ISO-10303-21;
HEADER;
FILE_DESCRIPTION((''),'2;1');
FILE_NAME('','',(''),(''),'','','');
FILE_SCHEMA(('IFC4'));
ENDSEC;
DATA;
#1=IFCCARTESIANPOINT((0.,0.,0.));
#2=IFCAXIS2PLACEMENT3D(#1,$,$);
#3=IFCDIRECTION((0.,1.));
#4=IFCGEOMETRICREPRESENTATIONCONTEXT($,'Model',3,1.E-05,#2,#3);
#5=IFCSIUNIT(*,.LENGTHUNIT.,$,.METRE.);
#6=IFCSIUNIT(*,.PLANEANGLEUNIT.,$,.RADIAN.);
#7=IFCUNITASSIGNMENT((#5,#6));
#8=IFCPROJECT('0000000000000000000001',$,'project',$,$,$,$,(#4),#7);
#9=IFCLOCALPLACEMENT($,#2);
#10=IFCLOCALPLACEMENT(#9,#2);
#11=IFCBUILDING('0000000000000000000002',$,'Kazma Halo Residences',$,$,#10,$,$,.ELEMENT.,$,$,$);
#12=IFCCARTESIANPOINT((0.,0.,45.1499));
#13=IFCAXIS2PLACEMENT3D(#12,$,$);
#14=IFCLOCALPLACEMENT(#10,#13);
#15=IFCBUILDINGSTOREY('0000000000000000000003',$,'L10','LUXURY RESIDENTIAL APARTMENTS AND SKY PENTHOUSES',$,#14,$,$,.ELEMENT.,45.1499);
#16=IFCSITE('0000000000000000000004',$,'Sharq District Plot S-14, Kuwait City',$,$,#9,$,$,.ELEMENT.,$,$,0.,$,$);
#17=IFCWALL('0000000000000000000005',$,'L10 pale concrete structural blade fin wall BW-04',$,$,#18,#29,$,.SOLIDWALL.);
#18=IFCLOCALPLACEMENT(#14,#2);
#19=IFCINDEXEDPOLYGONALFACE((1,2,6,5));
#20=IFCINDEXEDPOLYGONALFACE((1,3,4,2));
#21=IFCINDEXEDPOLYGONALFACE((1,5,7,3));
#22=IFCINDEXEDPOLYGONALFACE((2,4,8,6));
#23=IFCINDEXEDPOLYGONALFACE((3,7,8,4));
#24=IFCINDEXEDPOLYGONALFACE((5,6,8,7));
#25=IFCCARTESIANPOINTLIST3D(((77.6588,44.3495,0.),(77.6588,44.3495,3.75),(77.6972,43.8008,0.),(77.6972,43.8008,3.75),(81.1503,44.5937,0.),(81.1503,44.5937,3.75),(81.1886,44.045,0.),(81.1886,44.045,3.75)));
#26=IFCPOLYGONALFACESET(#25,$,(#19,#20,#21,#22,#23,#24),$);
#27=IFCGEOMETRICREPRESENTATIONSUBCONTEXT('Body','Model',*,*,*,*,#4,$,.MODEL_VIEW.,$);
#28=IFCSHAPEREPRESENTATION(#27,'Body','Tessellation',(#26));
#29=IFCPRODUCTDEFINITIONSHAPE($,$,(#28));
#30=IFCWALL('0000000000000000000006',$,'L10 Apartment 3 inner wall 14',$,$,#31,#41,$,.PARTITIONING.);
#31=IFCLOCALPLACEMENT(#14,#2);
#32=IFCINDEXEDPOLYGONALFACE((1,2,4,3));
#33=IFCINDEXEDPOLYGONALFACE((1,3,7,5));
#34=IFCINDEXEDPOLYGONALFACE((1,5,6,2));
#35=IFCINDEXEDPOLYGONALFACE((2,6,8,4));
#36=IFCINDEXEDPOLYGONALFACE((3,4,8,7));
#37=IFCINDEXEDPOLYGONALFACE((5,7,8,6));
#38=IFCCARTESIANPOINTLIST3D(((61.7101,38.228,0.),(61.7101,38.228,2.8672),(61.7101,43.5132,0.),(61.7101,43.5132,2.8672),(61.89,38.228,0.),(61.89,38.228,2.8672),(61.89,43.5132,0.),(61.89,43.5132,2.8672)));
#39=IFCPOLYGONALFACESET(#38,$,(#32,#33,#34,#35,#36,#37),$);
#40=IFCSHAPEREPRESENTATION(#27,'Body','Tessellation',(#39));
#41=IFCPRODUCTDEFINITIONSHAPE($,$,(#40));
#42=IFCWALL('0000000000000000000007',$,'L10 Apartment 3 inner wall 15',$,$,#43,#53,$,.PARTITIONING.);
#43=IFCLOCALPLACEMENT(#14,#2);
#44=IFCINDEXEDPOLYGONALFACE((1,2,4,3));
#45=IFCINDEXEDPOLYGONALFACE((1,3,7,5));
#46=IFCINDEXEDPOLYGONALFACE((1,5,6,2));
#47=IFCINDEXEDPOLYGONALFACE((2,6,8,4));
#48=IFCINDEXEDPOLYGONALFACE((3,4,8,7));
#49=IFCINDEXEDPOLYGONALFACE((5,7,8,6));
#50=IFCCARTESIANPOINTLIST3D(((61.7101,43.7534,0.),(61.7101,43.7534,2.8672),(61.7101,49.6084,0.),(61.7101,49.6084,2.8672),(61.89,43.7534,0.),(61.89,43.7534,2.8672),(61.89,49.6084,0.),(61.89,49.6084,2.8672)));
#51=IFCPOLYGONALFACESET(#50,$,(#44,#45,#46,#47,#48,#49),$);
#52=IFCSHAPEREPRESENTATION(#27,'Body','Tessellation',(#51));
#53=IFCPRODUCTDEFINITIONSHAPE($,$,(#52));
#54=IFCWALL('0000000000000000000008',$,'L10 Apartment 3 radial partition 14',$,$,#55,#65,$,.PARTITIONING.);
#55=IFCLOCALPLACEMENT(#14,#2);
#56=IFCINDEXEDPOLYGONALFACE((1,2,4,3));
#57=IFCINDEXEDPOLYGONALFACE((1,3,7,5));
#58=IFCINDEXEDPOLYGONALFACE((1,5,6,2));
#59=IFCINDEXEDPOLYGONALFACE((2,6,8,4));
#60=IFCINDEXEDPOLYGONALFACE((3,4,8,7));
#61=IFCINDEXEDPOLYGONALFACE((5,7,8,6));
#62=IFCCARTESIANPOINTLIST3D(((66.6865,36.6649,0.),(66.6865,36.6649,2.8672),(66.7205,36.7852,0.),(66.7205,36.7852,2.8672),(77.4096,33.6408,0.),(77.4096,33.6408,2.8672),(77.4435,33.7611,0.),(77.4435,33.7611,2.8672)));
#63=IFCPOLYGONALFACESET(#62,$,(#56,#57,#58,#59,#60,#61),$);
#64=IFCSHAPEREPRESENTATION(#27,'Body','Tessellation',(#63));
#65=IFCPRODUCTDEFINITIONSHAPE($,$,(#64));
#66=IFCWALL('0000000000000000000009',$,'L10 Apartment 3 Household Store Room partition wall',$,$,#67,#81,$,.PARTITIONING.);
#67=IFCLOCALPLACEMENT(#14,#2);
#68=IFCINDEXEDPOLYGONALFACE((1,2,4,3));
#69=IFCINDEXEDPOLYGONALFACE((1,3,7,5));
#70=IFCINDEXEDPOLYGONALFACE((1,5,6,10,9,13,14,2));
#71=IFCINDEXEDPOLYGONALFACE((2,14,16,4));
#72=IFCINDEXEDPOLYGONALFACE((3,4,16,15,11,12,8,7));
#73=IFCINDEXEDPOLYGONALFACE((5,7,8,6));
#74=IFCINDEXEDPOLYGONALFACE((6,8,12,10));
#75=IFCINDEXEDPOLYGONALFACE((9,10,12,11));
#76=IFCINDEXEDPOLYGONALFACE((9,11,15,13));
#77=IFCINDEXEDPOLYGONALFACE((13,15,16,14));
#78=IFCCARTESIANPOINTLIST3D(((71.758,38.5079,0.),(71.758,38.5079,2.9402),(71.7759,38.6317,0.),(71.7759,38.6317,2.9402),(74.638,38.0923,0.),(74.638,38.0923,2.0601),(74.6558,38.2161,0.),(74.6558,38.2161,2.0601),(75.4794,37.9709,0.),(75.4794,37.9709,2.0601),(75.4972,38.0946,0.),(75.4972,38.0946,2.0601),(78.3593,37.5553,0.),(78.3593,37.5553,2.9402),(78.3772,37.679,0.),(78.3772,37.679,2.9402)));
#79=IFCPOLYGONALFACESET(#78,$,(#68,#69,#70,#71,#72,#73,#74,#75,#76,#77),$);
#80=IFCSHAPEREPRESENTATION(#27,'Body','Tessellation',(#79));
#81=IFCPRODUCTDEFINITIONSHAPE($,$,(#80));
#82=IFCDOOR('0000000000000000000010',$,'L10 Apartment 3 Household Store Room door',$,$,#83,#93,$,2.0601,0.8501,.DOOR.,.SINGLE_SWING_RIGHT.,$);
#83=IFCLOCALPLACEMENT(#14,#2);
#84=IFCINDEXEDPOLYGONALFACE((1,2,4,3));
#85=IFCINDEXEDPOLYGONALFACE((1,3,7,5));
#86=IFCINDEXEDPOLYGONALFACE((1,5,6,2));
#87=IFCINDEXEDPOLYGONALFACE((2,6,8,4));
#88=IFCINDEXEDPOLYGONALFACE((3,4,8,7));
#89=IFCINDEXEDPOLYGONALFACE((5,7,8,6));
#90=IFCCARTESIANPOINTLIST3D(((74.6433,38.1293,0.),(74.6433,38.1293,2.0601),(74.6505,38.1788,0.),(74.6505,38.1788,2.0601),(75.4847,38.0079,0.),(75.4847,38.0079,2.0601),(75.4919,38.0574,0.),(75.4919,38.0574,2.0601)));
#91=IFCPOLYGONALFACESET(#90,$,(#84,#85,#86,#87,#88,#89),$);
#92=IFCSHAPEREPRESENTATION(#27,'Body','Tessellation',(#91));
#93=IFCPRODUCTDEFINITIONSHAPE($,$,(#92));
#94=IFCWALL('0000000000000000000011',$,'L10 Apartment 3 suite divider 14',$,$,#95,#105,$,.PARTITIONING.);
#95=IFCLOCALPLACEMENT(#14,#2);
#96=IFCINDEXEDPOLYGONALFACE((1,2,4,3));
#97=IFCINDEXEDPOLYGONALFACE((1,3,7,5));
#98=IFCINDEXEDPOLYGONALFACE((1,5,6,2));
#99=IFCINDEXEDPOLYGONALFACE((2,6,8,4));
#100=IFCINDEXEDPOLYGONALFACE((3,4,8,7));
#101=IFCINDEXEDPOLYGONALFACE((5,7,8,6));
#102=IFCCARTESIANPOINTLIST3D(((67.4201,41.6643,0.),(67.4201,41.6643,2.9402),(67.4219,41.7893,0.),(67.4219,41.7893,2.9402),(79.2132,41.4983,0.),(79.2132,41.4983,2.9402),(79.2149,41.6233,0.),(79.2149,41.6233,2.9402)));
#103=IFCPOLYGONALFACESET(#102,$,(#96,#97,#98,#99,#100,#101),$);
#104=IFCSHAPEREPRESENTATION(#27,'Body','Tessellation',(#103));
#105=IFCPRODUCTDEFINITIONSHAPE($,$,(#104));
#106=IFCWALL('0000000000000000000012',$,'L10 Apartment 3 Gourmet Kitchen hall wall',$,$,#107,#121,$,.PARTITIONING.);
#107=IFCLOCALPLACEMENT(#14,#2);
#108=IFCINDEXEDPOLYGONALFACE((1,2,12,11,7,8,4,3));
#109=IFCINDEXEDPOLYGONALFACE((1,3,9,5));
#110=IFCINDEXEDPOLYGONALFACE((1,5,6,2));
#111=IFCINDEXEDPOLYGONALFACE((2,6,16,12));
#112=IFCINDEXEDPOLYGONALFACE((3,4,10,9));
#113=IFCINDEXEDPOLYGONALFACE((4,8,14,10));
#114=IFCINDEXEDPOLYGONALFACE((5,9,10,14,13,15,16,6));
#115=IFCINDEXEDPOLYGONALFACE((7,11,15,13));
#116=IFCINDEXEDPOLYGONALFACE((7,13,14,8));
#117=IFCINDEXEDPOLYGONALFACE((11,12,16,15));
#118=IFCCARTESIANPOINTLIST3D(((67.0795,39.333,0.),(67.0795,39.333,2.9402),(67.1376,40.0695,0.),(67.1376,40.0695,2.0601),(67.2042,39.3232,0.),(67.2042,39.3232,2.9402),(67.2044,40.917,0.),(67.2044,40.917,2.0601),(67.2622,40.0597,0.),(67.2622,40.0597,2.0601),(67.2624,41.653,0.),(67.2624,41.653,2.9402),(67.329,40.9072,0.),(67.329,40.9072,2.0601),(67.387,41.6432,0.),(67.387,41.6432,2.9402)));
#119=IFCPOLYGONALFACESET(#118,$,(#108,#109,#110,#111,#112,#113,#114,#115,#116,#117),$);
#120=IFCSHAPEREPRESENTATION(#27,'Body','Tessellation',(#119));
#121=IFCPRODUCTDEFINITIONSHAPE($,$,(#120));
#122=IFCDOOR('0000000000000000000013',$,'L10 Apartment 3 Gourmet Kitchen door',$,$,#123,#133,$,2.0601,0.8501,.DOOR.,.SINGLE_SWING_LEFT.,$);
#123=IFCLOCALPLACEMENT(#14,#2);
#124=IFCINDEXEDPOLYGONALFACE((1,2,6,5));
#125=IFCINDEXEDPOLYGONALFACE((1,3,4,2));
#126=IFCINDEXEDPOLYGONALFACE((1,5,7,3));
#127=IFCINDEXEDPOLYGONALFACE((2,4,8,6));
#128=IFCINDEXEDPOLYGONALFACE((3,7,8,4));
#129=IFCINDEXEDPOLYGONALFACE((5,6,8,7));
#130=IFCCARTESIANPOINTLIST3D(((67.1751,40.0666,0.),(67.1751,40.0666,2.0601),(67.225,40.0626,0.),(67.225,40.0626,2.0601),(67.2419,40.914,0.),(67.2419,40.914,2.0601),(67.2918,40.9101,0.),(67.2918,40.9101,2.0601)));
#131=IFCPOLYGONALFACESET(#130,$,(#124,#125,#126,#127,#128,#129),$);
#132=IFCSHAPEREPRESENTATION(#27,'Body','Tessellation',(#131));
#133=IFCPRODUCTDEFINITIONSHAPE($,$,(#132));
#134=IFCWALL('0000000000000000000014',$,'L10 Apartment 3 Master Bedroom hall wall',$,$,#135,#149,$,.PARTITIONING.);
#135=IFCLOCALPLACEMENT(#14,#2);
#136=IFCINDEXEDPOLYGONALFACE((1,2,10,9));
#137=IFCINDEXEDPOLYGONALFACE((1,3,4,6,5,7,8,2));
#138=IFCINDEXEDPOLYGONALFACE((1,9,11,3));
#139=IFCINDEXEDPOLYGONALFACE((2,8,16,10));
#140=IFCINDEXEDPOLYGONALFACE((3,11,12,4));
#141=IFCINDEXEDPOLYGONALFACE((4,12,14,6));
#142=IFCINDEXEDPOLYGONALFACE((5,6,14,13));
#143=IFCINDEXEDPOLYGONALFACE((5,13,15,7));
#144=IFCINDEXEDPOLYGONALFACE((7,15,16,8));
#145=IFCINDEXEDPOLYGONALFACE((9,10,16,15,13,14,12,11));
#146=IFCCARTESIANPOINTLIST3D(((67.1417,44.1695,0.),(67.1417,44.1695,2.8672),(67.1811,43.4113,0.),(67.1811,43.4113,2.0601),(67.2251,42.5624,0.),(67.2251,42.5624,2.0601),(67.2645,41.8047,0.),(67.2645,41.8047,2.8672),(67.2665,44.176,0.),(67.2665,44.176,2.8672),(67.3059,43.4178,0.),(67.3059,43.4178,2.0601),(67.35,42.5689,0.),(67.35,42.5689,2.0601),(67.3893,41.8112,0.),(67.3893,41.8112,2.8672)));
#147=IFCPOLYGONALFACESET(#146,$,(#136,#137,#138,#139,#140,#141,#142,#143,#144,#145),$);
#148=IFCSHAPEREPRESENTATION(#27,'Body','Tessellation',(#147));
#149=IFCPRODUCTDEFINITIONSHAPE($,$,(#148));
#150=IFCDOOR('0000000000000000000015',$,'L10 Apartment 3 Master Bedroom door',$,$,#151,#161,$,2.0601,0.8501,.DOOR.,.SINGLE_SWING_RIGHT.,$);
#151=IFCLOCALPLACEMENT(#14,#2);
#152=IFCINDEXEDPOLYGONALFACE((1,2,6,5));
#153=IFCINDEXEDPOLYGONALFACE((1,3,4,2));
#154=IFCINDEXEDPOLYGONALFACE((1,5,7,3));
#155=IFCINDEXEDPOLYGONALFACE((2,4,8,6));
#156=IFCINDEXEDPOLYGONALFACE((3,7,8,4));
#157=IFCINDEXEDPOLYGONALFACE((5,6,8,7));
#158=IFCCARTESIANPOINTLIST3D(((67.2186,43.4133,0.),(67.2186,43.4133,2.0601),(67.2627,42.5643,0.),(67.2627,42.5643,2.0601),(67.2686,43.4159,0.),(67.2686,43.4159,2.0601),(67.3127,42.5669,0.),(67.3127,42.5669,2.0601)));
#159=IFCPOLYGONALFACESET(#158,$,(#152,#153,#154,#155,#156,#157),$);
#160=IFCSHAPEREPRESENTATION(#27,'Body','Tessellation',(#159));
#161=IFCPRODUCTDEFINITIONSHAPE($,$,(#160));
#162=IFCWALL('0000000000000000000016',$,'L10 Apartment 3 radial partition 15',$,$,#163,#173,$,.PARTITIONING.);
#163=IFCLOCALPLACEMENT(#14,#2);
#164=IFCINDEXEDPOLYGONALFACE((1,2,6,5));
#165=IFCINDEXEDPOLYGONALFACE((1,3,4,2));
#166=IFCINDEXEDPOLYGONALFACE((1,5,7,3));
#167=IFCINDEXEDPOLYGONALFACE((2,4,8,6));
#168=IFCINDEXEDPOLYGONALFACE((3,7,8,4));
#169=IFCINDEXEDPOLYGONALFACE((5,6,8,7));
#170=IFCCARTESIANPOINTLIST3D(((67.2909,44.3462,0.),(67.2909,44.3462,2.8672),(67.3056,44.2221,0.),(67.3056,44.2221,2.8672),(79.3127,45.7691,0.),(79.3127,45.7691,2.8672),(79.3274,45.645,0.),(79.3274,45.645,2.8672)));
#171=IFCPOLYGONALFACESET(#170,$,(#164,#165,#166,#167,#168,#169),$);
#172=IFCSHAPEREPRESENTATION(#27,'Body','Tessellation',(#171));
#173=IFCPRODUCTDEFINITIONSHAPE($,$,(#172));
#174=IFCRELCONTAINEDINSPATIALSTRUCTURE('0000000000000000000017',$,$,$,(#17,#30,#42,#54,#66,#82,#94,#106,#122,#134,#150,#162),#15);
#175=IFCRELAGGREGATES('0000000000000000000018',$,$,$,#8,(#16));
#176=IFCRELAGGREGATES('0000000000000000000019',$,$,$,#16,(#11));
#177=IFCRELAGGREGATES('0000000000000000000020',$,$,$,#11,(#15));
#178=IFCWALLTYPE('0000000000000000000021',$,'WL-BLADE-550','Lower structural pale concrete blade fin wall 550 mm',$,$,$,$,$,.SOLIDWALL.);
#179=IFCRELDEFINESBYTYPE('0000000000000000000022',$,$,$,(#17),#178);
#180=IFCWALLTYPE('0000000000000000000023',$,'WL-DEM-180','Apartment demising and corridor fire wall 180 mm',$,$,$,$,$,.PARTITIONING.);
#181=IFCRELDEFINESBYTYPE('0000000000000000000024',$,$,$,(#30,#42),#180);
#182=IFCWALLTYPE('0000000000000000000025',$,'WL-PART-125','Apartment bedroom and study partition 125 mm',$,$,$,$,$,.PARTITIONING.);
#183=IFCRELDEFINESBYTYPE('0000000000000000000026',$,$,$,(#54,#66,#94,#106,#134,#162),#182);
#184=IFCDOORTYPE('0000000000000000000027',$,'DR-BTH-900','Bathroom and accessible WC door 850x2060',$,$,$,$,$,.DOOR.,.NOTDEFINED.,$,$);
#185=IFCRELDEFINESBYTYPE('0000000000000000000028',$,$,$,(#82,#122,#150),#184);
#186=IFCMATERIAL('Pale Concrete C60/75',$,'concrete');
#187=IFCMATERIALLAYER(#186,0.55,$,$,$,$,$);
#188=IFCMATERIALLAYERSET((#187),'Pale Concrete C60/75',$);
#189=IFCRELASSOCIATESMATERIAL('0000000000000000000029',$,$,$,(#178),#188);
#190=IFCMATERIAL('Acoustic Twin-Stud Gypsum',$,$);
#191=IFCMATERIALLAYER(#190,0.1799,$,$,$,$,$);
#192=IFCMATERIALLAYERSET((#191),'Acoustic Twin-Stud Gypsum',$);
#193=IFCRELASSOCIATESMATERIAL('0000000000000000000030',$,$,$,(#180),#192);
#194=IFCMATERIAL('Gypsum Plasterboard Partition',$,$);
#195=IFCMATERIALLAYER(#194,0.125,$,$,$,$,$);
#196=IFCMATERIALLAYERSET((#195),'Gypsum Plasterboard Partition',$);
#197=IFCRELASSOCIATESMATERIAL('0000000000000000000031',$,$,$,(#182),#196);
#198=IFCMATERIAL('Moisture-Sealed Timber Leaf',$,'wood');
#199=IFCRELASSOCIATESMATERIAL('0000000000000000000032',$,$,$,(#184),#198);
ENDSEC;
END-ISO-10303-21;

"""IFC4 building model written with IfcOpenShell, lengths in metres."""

from ifc_helpers import new_model, si_unit, direction, frame, frame_2d, origin, place, context, subcontext, project, spatial, rectangle, extrude, material, layer, layer_set, type_object, element, fill, save


model = new_model("IFC4")

# Units and contexts
model_context = context("Model", 3, precision=1e-05, world=origin(), true_north=direction((0.0, 1.0)))
body_context = subcontext(model_context, "Body", "Model", "MODEL_VIEW")
ifc_project = project(units=[si_unit("LENGTHUNIT", "METRE"), si_unit("PLANEANGLEUNIT", "RADIAN")], contexts=[model_context])

# Site, building, storey
site_placement = place(None, origin())
site = spatial("IfcSite", under=ifc_project, at=site_placement, Name="Sharq District Plot S-14, Kuwait City", CompositionType="ELEMENT", RefElevation=0.0)
building_placement = place(site_placement, origin())
building = spatial("IfcBuilding", under=site, at=building_placement, Name="Kazma Halo Residences", CompositionType="ELEMENT")
storey_placement = place(building_placement, frame((0.0, 0.0, 45.1499)))
storey = spatial("IfcBuildingStorey", under=building, at=storey_placement, Name="L10", Description="LUXURY RESIDENTIAL APARTMENTS AND SKY PENTHOUSES", CompositionType="ELEMENT", Elevation=45.1499)

# Walls
ifc_material_1 = material(Name="Pale Concrete C60/75", Category="concrete")
ifc_layer_1 = layer(ifc_material_1, 0.55)
ifc_layer_set_1 = layer_set([ifc_layer_1], Name="Pale Concrete C60/75")
wall_type_1 = type_object("IfcWallType", Name="WL-BLADE-550", Description="Lower structural pale concrete blade fin wall 550 mm", PredefinedType="SOLIDWALL", material=ifc_layer_set_1)
wall_1_placement = place(storey_placement, frame((77.678, 44.0752, 0.0), z_axis=(0.0, 0.0, 1.0), x_axis=(0.997564, 0.069755, 0.0)))
element("IfcWall", 1, at=wall_1_placement, inside=storey, type_object=wall_type_1, Name="L10 pale concrete structural blade fin wall BW-04", PredefinedType="SOLIDWALL", context=body_context, shape_type="SweptSolid", body=[
    extrude(rectangle(XDim=3.5, YDim=0.55, at=frame_2d((1.75, 0.0))), origin(), (0.0, 0.0, 1.0), 3.75),
])
ifc_material_2 = material(Name="Acoustic Twin-Stud Gypsum")
ifc_layer_2 = layer(ifc_material_2, 0.1799)
ifc_layer_set_2 = layer_set([ifc_layer_2], Name="Acoustic Twin-Stud Gypsum")
wall_type_2 = type_object("IfcWallType", Name="WL-DEM-180", Description="Apartment demising and corridor fire wall 180 mm", PredefinedType="PARTITIONING", material=ifc_layer_set_2)
wall_2_placement = place(storey_placement, frame((61.8, 38.228, 0.0), z_axis=(0.0, 0.0, 1.0), x_axis=(0.0, 1.0, 0.0)))
element("IfcWall", 2, at=wall_2_placement, inside=storey, type_object=wall_type_2, Name="L10 Apartment 3 inner wall 14", PredefinedType="PARTITIONING", context=body_context, shape_type="SweptSolid", body=[
    extrude(rectangle(XDim=5.2852, YDim=0.1799, at=frame_2d((2.6426, 0.0))), origin(), (0.0, 0.0, 1.0), 2.8672),
])
wall_3_placement = place(storey_placement, frame((61.8, 43.7534, 0.0), z_axis=(0.0, 0.0, 1.0), x_axis=(0.0, 1.0, 0.0)))
element("IfcWall", 3, at=wall_3_placement, inside=storey, type_object=wall_type_2, Name="L10 Apartment 3 inner wall 15", PredefinedType="PARTITIONING", context=body_context, shape_type="SweptSolid", body=[
    extrude(rectangle(XDim=5.855, YDim=0.1799, at=frame_2d((2.9275, 0.0))), origin(), (0.0, 0.0, 1.0), 2.8672),
])
ifc_material_3 = material(Name="Gypsum Plasterboard Partition")
ifc_layer_3 = layer(ifc_material_3, 0.125)
ifc_layer_set_3 = layer_set([ifc_layer_3], Name="Gypsum Plasterboard Partition")
wall_type_3 = type_object("IfcWallType", Name="WL-PART-125", Description="Apartment bedroom and study partition 125 mm", PredefinedType="PARTITIONING", material=ifc_layer_set_3)
wall_4_placement = place(storey_placement, frame((66.7034, 36.7251, 0.0), z_axis=(0.0, 0.0, 1.0), x_axis=(0.962457, -0.271435, 0.0)))
element("IfcWall", 4, at=wall_4_placement, inside=storey, type_object=wall_type_3, Name="L10 Apartment 3 radial partition 14", PredefinedType="PARTITIONING", context=body_context, shape_type="SweptSolid", body=[
    extrude(rectangle(XDim=11.1414, YDim=0.125, at=frame_2d((5.5708, 0.0))), origin(), (0.0, 0.0, 1.0), 2.8672),
])

# Wall, opening, door
wall_5_placement = place(storey_placement, frame((71.7668, 38.5698, 0.0), z_axis=(0.0, 0.0, 1.0), x_axis=(0.989747, -0.14283, 0.0)))
wall_5 = element("IfcWall", 5, at=wall_5_placement, inside=storey, type_object=wall_type_3, Name="L10 Apartment 3 Household Store Room partition wall", PredefinedType="PARTITIONING", context=body_context, shape_type="SweptSolid", body=[
    extrude(rectangle(XDim=6.6697, YDim=0.125, at=frame_2d((3.335, 0.0))), origin(), (0.0, 0.0, 1.0), 2.9402),
])
opening_1_placement = place(wall_5_placement, frame((2.9099, 0.0, 0.0)))
opening_1 = element("IfcOpeningElement", 6, at=opening_1_placement, cuts=wall_5, PredefinedType="OPENING", context=body_context, shape_type="SweptSolid", body=[
    extrude(rectangle(XDim=0.8501, YDim=2.0601, at=frame_2d((0.425, 1.03))), frame((0.0, 0.0725, 0.0), z_axis=(0.0, -1.0, 0.0), x_axis=(1.0, 0.0, 0.0)), (0.0, 0.0, 1.0), 0.145),
])
ifc_material_4 = material(Name="Moisture-Sealed Timber Leaf", Category="wood")
door_type = type_object("IfcDoorType", Name="DR-BTH-900", Description="Bathroom and accessible WC door 850x2060", OperationType="NOTDEFINED", PredefinedType="DOOR", material=ifc_material_4)
door_1_placement = place(opening_1_placement, origin())
door_1 = element("IfcDoor", 7, at=door_1_placement, inside=storey, type_object=door_type, Name="L10 Apartment 3 Household Store Room door", OperationType="SINGLE_SWING_RIGHT", OverallHeight=2.0601, OverallWidth=0.8501, PredefinedType="DOOR", context=body_context, shape_type="SweptSolid", body=[
    extrude(rectangle(XDim=0.8501, YDim=2.0601, at=frame_2d((0.425, 1.03))), frame((0.0, 0.0249, 0.0), z_axis=(0.0, -1.0, 0.0), x_axis=(1.0, 0.0, 0.0)), (0.0, 0.0, 1.0), 0.05),
])
fill(opening_1, door_1)

# Wall
wall_6_placement = place(storey_placement, frame((67.4211, 41.7268, 0.0), z_axis=(0.0, 0.0, 1.0), x_axis=(0.999901, -0.014076, 0.0)))
element("IfcWall", 8, at=wall_6_placement, inside=storey, type_object=wall_type_3, Name="L10 Apartment 3 suite divider 14", PredefinedType="PARTITIONING", context=body_context, shape_type="SweptSolid", body=[
    extrude(rectangle(XDim=11.7942, YDim=0.125, at=frame_2d((5.897, 0.0))), origin(), (0.0, 0.0, 1.0), 2.9402),
])

# Walls, openings, doors
wall_7_placement = place(storey_placement, frame((67.1418, 39.3281, 0.0), z_axis=(0.0, 0.0, 1.0), x_axis=(0.078574, 0.996908, 0.0)))
wall_7 = element("IfcWall", 9, at=wall_7_placement, inside=storey, type_object=wall_type_3, Name="L10 Apartment 3 Gourmet Kitchen hall wall", PredefinedType="PARTITIONING", context=body_context, shape_type="SweptSolid", body=[
    extrude(rectangle(XDim=2.3271, YDim=0.125, at=frame_2d((1.1636, 0.0))), origin(), (0.0, 0.0, 1.0), 2.9402),
])
opening_2_placement = place(wall_7_placement, frame((0.7388, 0.0, 0.0)))
opening_2 = element("IfcOpeningElement", 10, at=opening_2_placement, cuts=wall_7, PredefinedType="OPENING", context=body_context, shape_type="SweptSolid", body=[
    extrude(rectangle(XDim=0.8501, YDim=2.0601, at=frame_2d((0.425, 1.03))), frame((0.0, 0.0725, 0.0), z_axis=(0.0, -1.0, 0.0), x_axis=(1.0, 0.0, 0.0)), (0.0, 0.0, 1.0), 0.145),
])
door_2_placement = place(opening_2_placement, origin())
door_2 = element("IfcDoor", 11, at=door_2_placement, inside=storey, type_object=door_type, Name="L10 Apartment 3 Gourmet Kitchen door", OperationType="SINGLE_SWING_LEFT", OverallHeight=2.0601, OverallWidth=0.8501, PredefinedType="DOOR", context=body_context, shape_type="SweptSolid", body=[
    extrude(rectangle(XDim=0.8501, YDim=2.0601, at=frame_2d((0.425, 1.03))), frame((0.0, 0.0249, 0.0), z_axis=(0.0, -1.0, 0.0), x_axis=(1.0, 0.0, 0.0)), (0.0, 0.0, 1.0), 0.05),
])
fill(opening_2, door_2)
wall_8_placement = place(storey_placement, frame((67.3269, 41.8079, 0.0), z_axis=(0.0, 0.0, 1.0), x_axis=(-0.051861, 0.998654, 0.0)))
wall_8 = element("IfcWall", 12, at=wall_8_placement, inside=storey, type_object=wall_type_3, Name="L10 Apartment 3 Master Bedroom hall wall", PredefinedType="PARTITIONING", context=body_context, shape_type="SweptSolid", body=[
    extrude(rectangle(XDim=2.3679, YDim=0.125, at=frame_2d((1.1841, 0.0))), origin(), (0.0, 0.0, 1.0), 2.8672),
])
opening_3_placement = place(wall_8_placement, frame((0.7588, 0.0, 0.0)))
opening_3 = element("IfcOpeningElement", 13, at=opening_3_placement, cuts=wall_8, PredefinedType="OPENING", context=body_context, shape_type="SweptSolid", body=[
    extrude(rectangle(XDim=0.8501, YDim=2.0601, at=frame_2d((0.425, 1.03))), frame((0.0, 0.0725, 0.0), z_axis=(0.0, -1.0, 0.0), x_axis=(1.0, 0.0, 0.0)), (0.0, 0.0, 1.0), 0.145),
])
door_3_placement = place(opening_3_placement, origin())
door_3 = element("IfcDoor", 14, at=door_3_placement, inside=storey, type_object=door_type, Name="L10 Apartment 3 Master Bedroom door", OperationType="SINGLE_SWING_RIGHT", OverallHeight=2.0601, OverallWidth=0.8501, PredefinedType="DOOR", context=body_context, shape_type="SweptSolid", body=[
    extrude(rectangle(XDim=0.8501, YDim=2.0601, at=frame_2d((0.425, 1.03))), frame((0.0, 0.0249, 0.0), z_axis=(0.0, -1.0, 0.0), x_axis=(1.0, 0.0, 0.0)), (0.0, 0.0, 1.0), 0.05),
])
fill(opening_3, door_3)

# Wall
wall_9_placement = place(storey_placement, frame((67.2983, 44.2842, 0.0), z_axis=(0.0, 0.0, 1.0), x_axis=(0.993069, 0.117536, 0.0)))
element("IfcWall", 15, at=wall_9_placement, inside=storey, type_object=wall_type_3, Name="L10 Apartment 3 radial partition 15", PredefinedType="PARTITIONING", context=body_context, shape_type="SweptSolid", body=[
    extrude(rectangle(XDim=12.1057, YDim=0.125, at=frame_2d((6.0527, 0.0))), origin(), (0.0, 0.0, 1.0), 2.8672),
])

save(model, "model.ifc")
